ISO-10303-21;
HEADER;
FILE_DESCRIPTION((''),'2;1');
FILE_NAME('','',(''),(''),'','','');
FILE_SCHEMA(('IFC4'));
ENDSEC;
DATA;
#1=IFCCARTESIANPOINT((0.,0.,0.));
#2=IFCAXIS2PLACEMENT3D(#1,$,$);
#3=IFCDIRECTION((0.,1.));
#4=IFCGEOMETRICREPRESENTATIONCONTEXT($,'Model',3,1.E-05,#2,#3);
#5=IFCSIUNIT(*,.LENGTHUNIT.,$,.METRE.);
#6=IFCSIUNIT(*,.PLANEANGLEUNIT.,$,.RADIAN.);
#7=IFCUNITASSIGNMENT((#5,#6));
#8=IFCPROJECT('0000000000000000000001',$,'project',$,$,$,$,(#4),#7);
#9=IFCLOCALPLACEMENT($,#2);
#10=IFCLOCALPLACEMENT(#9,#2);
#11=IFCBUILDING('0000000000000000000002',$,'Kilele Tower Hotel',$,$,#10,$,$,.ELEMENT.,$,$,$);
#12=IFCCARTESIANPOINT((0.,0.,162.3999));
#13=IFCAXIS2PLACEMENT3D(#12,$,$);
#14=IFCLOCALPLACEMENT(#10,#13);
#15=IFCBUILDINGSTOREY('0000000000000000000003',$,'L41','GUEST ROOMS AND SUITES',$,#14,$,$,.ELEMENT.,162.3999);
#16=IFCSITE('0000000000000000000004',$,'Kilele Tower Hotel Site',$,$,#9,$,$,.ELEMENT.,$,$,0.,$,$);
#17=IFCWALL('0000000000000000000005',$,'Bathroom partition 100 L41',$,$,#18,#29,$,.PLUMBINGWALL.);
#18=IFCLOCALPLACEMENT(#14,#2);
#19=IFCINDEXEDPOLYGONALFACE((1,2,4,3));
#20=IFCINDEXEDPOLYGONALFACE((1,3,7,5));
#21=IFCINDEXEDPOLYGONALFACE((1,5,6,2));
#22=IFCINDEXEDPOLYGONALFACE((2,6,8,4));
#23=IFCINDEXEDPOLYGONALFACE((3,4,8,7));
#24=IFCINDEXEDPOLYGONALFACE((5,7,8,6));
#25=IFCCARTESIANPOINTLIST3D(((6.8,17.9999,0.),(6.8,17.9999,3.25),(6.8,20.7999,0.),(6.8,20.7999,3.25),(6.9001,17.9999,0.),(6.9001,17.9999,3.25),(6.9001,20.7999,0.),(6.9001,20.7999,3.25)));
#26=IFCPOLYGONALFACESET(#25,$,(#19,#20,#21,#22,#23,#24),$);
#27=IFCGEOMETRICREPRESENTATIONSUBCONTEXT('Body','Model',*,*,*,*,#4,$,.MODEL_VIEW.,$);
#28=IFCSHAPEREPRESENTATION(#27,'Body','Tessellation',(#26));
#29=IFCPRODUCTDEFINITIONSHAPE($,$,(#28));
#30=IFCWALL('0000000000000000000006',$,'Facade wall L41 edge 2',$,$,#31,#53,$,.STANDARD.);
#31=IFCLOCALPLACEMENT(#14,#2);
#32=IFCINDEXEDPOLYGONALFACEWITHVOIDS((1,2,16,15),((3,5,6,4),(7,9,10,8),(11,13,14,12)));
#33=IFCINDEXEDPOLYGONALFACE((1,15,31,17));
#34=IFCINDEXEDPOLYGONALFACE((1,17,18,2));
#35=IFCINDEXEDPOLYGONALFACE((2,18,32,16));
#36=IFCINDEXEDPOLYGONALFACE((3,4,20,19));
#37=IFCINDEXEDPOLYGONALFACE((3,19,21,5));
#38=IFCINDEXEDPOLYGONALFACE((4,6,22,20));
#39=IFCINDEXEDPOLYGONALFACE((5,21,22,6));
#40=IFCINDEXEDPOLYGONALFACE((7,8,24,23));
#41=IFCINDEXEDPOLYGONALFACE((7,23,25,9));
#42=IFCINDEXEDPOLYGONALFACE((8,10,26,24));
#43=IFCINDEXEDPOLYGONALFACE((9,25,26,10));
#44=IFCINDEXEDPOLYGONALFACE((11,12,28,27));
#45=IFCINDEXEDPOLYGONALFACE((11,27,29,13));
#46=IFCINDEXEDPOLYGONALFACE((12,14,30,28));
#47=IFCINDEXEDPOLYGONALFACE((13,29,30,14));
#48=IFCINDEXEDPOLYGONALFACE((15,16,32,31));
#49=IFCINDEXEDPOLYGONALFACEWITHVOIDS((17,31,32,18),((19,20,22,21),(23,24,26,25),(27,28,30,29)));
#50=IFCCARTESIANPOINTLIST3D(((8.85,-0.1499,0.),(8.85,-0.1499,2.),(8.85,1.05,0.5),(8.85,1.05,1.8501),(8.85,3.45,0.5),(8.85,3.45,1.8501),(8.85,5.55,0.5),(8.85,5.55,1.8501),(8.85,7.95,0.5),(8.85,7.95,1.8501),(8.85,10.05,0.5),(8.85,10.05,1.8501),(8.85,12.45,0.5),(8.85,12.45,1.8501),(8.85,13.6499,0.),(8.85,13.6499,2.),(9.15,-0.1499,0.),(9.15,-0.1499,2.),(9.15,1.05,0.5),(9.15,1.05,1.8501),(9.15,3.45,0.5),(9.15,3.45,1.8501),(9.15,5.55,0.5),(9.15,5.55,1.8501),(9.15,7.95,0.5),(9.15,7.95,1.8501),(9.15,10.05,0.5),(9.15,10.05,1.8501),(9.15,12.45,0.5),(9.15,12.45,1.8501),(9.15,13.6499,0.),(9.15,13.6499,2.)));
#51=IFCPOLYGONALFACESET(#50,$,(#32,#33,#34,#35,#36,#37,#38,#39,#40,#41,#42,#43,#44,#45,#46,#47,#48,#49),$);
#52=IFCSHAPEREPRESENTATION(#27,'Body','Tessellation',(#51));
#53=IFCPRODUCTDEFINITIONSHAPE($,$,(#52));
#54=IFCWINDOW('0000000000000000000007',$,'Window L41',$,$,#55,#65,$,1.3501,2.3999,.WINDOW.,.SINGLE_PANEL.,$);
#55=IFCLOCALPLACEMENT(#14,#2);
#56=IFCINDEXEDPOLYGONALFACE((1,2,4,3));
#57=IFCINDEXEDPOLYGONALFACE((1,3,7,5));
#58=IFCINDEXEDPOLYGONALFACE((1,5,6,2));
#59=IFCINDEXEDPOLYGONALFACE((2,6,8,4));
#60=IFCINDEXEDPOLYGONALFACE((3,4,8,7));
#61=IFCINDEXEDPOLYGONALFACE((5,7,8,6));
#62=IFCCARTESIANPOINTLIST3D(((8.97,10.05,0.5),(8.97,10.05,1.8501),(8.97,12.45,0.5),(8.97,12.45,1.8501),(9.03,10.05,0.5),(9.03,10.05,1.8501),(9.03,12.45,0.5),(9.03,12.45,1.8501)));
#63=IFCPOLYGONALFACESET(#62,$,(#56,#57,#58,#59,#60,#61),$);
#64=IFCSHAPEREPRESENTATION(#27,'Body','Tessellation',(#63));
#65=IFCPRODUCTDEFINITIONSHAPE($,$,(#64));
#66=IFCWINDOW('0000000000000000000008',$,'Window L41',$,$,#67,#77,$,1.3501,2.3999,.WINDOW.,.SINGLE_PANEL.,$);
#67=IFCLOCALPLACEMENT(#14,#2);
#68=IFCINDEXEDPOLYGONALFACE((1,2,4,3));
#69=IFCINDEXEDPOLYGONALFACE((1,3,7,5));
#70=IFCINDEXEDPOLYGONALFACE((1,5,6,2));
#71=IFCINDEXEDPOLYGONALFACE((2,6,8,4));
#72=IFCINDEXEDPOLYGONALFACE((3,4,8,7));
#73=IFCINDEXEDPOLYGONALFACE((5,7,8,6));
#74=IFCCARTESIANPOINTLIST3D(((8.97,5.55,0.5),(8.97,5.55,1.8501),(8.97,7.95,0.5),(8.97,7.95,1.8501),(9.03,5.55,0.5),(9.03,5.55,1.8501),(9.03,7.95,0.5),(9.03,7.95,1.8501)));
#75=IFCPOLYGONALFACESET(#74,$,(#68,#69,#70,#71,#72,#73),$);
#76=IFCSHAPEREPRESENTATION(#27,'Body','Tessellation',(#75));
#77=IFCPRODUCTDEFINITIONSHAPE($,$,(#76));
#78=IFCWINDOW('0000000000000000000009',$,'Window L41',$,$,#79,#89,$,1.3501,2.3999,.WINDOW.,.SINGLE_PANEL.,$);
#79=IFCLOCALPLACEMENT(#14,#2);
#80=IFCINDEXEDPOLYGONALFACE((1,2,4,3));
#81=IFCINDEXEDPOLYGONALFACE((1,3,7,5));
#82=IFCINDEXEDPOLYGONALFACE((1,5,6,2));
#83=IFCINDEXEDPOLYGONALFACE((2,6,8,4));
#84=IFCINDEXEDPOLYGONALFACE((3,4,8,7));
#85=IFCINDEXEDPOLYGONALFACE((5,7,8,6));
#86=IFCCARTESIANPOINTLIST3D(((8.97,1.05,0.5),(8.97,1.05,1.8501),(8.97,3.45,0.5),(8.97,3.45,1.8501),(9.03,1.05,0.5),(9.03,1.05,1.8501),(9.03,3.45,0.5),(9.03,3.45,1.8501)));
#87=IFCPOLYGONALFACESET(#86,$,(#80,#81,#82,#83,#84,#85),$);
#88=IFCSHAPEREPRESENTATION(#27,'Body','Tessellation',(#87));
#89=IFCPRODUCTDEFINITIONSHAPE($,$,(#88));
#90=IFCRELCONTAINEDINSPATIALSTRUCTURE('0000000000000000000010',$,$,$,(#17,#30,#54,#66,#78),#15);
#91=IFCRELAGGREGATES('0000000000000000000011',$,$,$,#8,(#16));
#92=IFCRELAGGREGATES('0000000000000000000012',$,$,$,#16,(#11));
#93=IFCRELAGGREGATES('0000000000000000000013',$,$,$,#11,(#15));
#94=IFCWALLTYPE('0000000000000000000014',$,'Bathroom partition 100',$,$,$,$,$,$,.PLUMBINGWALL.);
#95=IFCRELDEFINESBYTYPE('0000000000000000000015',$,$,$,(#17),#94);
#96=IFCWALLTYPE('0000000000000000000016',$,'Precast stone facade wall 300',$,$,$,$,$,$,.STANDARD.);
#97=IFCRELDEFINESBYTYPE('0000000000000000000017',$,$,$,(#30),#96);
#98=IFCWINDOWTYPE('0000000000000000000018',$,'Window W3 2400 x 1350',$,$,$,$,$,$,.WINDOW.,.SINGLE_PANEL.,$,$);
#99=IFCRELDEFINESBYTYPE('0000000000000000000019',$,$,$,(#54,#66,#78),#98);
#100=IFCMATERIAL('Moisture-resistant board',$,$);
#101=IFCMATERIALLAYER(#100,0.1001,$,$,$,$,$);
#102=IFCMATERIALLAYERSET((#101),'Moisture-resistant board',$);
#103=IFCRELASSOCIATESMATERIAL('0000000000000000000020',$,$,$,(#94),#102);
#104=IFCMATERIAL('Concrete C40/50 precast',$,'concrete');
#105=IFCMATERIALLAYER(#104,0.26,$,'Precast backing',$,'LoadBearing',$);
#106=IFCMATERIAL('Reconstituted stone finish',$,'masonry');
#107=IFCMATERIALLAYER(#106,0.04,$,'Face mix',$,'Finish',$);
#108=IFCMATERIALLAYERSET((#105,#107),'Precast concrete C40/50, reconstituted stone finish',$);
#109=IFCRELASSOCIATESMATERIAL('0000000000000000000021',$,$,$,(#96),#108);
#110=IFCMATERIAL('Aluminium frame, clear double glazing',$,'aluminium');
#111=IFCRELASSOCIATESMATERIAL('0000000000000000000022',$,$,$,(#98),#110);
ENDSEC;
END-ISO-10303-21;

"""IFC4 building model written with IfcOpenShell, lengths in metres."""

from ifc_helpers import new_model, si_unit, direction, frame, frame_2d, origin, place, context, subcontext, project, spatial, rectangle, extrude, material, layer, layer_set, type_object, element, fill, save


model = new_model("IFC4")

# Units and contexts
model_context = context("Model", 3, precision=1e-05, world=origin(), true_north=direction((0.0, 1.0)))
body_context = subcontext(model_context, "Body", "Model", "MODEL_VIEW")
ifc_project = project(units=[si_unit("LENGTHUNIT", "METRE"), si_unit("PLANEANGLEUNIT", "RADIAN")], contexts=[model_context])

# Site, building, storey
site_placement = place(None, origin())
site = spatial("IfcSite", under=ifc_project, at=site_placement, Name="Kilele Tower Hotel Site", CompositionType="ELEMENT", RefElevation=0.0)
building_placement = place(site_placement, origin())
building = spatial("IfcBuilding", under=site, at=building_placement, Name="Kilele Tower Hotel", CompositionType="ELEMENT")
storey_placement = place(building_placement, frame((0.0, 0.0, 162.3999)))
storey = spatial("IfcBuildingStorey", under=building, at=storey_placement, Name="L41", Description="GUEST ROOMS AND SUITES", CompositionType="ELEMENT", Elevation=162.3999)

# Shared definitions
ifc_material_1 = material(Name="Moisture-resistant board")
ifc_layer_1 = layer(ifc_material_1, 0.1001)
ifc_layer_set_1 = layer_set([ifc_layer_1], Name="Moisture-resistant board")
wall_type_1 = type_object("IfcWallType", Name="Bathroom partition 100", PredefinedType="PLUMBINGWALL", material=ifc_layer_set_1)

# Wall
for number, where, z_axis, x_axis, name in (
    (1, (6.8501, 18.0, 0.0), (0.0, 0.0, 1.0), (0.0, 1.0, 0.0), "Bathroom partition 100 L41"),
):
    element("IfcWall", number, at=place(storey_placement, frame(where, z_axis=z_axis, x_axis=x_axis)), inside=storey, type_object=wall_type_1, Name=name, PredefinedType="PLUMBINGWALL", context=body_context, shape_type="SweptSolid", body=[
        extrude(rectangle(XDim=2.8, YDim=0.1001, at=frame_2d((1.3999, 0.0))), origin(), (0.0, 0.0, 1.0), 3.25),
    ])

# Wall, openings, windows
ifc_material_2 = material(Name="Concrete C40/50 precast", Category="concrete")
ifc_layer_2 = layer(ifc_material_2, 0.26, Name="Precast backing", Category="LoadBearing")
ifc_material_3 = material(Name="Reconstituted stone finish", Category="masonry")
ifc_layer_3 = layer(ifc_material_3, 0.04, Name="Face mix", Category="Finish")
ifc_layer_set_2 = layer_set([ifc_layer_2, ifc_layer_3], Name="Precast concrete C40/50, reconstituted stone finish")
wall_type_2 = type_object("IfcWallType", Name="Precast stone facade wall 300", PredefinedType="STANDARD", material=ifc_layer_set_2)
wall_1_placement = place(storey_placement, frame((9.0, 13.6499, 0.0), z_axis=(0.0, 0.0, 1.0), x_axis=(0.0, -1.0, 0.0)))
wall_1 = element("IfcWall", 2, at=wall_1_placement, inside=storey, type_object=wall_type_2, Name="Facade wall L41 edge 2", PredefinedType="STANDARD", context=body_context, shape_type="SweptSolid", body=[
    extrude(rectangle(XDim=13.7998, YDim=0.3, at=frame_2d((6.8999, 0.0))), origin(), (0.0, 0.0, 1.0), 2.0),
])
opening_1_placement = place(wall_1_placement, frame((1.2, 0.0, 0.5)))
opening_1 = element("IfcOpeningElement", 3, at=opening_1_placement, cuts=wall_1, PredefinedType="OPENING", context=body_context, shape_type="SweptSolid", body=[
    extrude(rectangle(XDim=2.3999, YDim=1.3501, at=frame_2d((1.2, 0.675))), frame((0.0, 0.1599, 0.0), z_axis=(0.0, -1.0, 0.0), x_axis=(1.0, 0.0, 0.0)), (0.0, 0.0, 1.0), 0.3201),
])
opening_2_placement = place(wall_1_placement, frame((5.7, 0.0, 0.5)))
opening_2 = element("IfcOpeningElement", 4, at=opening_2_placement, cuts=wall_1, PredefinedType="OPENING", context=body_context, shape_type="SweptSolid", body=[
    extrude(rectangle(XDim=2.3999, YDim=1.3501, at=frame_2d((1.2, 0.675))), frame((0.0, 0.1599, 0.0), z_axis=(0.0, -1.0, 0.0), x_axis=(1.0, 0.0, 0.0)), (0.0, 0.0, 1.0), 0.3201),
])
opening_3_placement = place(wall_1_placement, frame((10.2, 0.0, 0.5)))
opening_3 = element("IfcOpeningElement", 5, at=opening_3_placement, cuts=wall_1, PredefinedType="OPENING", context=body_context, shape_type="SweptSolid", body=[
    extrude(rectangle(XDim=2.3999, YDim=1.3501, at=frame_2d((1.2, 0.675))), frame((0.0, 0.1599, 0.0), z_axis=(0.0, -1.0, 0.0), x_axis=(1.0, 0.0, 0.0)), (0.0, 0.0, 1.0), 0.3201),
])
ifc_material_4 = material(Name="Aluminium frame, clear double glazing", Category="aluminium")
window_type = type_object("IfcWindowType", Name="Window W3 2400 x 1350", PartitioningType="SINGLE_PANEL", PredefinedType="WINDOW", material=ifc_material_4)
window_1_placement = place(opening_1_placement, origin())
window_1 = element("IfcWindow", 6, at=window_1_placement, inside=storey, type_object=window_type, Name="Window L41", OverallHeight=1.3501, OverallWidth=2.3999, PartitioningType="SINGLE_PANEL", PredefinedType="WINDOW", context=body_context, shape_type="SweptSolid", body=[
    extrude(rectangle(XDim=2.3999, YDim=1.3501, at=frame_2d((1.2, 0.675))), frame((0.0, 0.03, 0.0), z_axis=(0.0, -1.0, 0.0), x_axis=(1.0, 0.0, 0.0)), (0.0, 0.0, 1.0), 0.0601),
])
fill(opening_1, window_1)
window_2_placement = place(opening_2_placement, origin())
window_2 = element("IfcWindow", 7, at=window_2_placement, inside=storey, type_object=window_type, Name="Window L41", OverallHeight=1.3501, OverallWidth=2.3999, PartitioningType="SINGLE_PANEL", PredefinedType="WINDOW", context=body_context, shape_type="SweptSolid", body=[
    extrude(rectangle(XDim=2.3999, YDim=1.3501, at=frame_2d((1.2, 0.675))), frame((0.0, 0.03, 0.0), z_axis=(0.0, -1.0, 0.0), x_axis=(1.0, 0.0, 0.0)), (0.0, 0.0, 1.0), 0.0601),
])
fill(opening_2, window_2)
window_3_placement = place(opening_3_placement, origin())
window_3 = element("IfcWindow", 8, at=window_3_placement, inside=storey, type_object=window_type, Name="Window L41", OverallHeight=1.3501, OverallWidth=2.3999, PartitioningType="SINGLE_PANEL", PredefinedType="WINDOW", context=body_context, shape_type="SweptSolid", body=[
    extrude(rectangle(XDim=2.3999, YDim=1.3501, at=frame_2d((1.2, 0.675))), frame((0.0, 0.03, 0.0), z_axis=(0.0, -1.0, 0.0), x_axis=(1.0, 0.0, 0.0)), (0.0, 0.0, 1.0), 0.0601),
])
fill(opening_3, window_3)

save(model, "model.ifc")
